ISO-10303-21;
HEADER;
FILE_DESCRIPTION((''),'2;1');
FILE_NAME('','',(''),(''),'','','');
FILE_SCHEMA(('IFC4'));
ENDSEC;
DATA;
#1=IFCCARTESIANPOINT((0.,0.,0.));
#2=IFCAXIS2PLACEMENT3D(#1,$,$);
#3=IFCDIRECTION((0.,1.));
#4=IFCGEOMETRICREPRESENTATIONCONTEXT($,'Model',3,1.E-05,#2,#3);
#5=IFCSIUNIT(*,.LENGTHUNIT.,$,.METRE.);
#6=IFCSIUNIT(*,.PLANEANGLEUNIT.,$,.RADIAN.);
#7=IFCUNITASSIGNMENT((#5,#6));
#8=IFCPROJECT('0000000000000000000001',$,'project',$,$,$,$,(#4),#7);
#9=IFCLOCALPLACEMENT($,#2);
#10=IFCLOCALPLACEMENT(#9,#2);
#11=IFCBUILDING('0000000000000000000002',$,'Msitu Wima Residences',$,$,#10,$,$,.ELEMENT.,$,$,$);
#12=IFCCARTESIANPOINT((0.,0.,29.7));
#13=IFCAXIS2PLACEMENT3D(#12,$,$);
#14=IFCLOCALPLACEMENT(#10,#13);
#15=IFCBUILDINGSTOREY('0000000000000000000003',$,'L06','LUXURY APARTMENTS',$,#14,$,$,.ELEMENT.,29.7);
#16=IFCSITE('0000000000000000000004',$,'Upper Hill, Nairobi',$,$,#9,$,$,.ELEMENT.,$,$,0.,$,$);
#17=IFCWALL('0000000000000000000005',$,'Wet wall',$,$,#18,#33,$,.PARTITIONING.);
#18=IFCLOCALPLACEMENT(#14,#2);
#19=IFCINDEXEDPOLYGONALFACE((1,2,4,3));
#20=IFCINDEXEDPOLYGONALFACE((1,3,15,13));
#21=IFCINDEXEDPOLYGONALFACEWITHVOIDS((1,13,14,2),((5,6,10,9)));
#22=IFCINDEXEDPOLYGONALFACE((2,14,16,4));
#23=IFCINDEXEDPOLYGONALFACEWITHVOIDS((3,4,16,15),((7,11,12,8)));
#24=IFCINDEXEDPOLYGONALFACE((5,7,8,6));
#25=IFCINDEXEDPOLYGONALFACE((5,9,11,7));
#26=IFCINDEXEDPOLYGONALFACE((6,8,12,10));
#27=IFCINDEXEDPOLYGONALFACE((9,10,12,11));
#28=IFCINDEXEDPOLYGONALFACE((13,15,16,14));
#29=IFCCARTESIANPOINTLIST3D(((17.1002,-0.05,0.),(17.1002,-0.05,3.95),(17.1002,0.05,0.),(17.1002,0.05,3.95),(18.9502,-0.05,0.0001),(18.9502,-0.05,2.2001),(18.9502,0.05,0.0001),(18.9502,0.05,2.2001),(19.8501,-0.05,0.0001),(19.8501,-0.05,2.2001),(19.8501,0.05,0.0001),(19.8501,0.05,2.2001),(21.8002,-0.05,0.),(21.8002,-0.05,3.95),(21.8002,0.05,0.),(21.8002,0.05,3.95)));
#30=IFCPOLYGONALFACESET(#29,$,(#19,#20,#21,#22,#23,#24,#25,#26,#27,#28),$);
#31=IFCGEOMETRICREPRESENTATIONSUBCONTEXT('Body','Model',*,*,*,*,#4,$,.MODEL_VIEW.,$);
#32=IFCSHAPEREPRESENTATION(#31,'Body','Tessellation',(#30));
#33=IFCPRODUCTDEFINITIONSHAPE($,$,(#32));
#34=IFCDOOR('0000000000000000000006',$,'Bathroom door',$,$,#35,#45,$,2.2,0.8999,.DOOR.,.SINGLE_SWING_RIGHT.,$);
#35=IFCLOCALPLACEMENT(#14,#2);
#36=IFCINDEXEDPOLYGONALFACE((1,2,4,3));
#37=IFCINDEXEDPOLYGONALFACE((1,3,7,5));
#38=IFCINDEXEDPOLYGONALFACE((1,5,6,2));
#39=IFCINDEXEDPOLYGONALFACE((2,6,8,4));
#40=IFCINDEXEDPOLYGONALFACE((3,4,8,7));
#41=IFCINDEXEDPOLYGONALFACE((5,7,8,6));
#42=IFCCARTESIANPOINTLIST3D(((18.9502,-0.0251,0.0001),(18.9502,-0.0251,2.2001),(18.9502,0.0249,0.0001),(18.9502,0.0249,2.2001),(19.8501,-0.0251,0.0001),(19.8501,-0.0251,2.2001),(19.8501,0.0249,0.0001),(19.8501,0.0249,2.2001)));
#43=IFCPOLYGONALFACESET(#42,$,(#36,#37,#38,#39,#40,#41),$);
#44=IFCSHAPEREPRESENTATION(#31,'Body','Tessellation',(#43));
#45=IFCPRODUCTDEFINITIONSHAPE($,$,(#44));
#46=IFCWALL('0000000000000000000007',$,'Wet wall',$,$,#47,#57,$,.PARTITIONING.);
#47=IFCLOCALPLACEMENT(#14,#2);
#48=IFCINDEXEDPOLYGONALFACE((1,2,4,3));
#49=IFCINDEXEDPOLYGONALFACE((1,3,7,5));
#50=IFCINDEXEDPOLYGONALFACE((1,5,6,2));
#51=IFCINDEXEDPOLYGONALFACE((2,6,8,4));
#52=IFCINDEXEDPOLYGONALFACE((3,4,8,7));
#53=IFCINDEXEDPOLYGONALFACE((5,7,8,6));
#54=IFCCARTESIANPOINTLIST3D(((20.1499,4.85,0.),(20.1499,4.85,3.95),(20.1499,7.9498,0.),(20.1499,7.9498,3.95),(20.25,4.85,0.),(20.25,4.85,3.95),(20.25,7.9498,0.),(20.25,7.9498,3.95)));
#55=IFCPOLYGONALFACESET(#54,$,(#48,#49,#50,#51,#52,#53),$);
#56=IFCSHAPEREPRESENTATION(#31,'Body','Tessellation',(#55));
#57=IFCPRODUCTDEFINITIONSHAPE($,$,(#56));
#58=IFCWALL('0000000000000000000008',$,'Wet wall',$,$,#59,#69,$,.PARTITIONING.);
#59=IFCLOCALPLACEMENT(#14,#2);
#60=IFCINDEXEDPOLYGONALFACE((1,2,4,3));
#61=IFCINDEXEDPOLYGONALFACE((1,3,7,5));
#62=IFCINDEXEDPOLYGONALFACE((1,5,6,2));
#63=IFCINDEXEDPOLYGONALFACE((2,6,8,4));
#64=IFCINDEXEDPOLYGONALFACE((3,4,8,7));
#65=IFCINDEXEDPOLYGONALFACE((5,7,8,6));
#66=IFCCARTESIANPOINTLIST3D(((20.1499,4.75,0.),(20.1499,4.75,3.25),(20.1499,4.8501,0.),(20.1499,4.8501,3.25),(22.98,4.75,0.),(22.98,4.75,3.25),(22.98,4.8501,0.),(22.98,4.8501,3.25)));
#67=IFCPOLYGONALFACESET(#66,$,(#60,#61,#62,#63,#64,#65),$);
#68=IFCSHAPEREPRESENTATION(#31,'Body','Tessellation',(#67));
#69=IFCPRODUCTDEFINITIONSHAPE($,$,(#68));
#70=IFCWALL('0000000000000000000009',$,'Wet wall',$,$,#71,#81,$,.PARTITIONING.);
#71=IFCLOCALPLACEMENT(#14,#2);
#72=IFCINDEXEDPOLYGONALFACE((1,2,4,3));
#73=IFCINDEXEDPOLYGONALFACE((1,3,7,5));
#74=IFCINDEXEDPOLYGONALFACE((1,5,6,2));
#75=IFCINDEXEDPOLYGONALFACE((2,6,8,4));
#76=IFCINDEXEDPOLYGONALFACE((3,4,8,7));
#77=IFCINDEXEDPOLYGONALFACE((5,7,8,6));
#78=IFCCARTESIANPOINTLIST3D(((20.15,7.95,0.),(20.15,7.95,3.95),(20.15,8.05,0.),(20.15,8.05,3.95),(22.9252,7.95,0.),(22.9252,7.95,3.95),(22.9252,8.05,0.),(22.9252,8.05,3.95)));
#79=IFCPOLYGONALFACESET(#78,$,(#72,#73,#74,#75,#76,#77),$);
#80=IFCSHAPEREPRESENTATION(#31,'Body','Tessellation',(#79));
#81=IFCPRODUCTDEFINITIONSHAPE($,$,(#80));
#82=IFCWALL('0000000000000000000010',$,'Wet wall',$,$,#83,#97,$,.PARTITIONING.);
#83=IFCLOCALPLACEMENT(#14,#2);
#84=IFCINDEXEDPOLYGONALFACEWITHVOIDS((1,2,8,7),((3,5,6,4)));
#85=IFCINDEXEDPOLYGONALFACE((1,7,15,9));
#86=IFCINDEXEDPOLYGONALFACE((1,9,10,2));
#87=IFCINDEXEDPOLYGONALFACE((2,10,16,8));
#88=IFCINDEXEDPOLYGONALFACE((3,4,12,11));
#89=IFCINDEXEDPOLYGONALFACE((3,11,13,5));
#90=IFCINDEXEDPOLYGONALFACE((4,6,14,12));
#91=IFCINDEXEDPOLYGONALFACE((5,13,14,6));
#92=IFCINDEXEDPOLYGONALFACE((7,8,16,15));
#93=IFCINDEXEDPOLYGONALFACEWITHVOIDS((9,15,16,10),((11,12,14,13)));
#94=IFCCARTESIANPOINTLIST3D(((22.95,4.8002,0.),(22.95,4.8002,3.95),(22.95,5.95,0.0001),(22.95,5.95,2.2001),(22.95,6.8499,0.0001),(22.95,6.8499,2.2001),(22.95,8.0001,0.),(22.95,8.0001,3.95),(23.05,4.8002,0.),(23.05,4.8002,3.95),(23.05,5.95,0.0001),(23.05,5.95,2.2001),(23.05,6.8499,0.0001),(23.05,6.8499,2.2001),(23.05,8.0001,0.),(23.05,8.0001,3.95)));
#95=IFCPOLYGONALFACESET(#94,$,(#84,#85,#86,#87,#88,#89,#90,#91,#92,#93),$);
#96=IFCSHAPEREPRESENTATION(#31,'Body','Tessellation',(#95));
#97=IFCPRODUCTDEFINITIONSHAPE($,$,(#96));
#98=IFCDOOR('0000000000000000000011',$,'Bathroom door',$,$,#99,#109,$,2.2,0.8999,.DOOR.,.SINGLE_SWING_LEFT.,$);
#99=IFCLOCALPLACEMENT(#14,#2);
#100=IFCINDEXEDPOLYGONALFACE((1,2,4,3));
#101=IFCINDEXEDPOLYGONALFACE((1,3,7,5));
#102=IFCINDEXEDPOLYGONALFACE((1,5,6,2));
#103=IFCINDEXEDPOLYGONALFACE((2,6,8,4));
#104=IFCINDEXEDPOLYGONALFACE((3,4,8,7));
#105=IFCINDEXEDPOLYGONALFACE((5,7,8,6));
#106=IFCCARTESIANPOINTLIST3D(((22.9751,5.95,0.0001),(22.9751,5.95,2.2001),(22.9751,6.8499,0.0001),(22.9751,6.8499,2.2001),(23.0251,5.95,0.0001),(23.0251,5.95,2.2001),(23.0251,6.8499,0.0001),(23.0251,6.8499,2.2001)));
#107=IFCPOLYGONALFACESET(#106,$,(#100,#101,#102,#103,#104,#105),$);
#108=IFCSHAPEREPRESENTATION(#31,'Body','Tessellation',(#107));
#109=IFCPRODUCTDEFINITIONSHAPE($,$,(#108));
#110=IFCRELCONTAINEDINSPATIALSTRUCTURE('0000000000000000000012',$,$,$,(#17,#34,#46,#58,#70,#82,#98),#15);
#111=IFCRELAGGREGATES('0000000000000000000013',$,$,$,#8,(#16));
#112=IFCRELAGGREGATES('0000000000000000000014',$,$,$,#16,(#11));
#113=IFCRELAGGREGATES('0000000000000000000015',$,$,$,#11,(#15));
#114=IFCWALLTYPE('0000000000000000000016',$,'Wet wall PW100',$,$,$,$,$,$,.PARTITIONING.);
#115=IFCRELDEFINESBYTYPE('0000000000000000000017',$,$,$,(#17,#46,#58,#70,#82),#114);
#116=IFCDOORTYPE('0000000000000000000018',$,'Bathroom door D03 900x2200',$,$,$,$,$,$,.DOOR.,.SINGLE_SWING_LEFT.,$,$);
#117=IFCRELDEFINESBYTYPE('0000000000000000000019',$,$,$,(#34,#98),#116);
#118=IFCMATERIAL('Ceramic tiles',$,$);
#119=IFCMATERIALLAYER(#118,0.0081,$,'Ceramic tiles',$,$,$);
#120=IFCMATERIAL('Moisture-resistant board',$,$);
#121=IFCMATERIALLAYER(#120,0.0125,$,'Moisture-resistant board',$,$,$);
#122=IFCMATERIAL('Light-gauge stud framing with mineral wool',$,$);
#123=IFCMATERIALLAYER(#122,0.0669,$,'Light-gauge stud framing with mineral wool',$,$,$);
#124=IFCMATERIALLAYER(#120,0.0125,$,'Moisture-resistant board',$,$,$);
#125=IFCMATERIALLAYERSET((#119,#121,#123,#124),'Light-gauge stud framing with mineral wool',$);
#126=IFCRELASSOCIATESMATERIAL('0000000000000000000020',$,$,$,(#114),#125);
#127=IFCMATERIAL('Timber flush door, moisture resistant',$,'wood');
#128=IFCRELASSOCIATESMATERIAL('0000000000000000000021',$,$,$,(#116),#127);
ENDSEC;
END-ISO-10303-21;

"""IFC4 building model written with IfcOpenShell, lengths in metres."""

from ifc_helpers import new_model, si_unit, direction, frame, frame_2d, origin, place, context, subcontext, project, spatial, rectangle, extrude, material, layer, layer_set, type_object, element, fill, save


model = new_model("IFC4")

# Units and contexts
model_context = context("Model", 3, precision=1e-05, world=origin(), true_north=direction((0.0, 1.0)))
body_context = subcontext(model_context, "Body", "Model", "MODEL_VIEW")
ifc_project = project(units=[si_unit("LENGTHUNIT", "METRE"), si_unit("PLANEANGLEUNIT", "RADIAN")], contexts=[model_context])

# Site, building, storey
site_placement = place(None, origin())
site = spatial("IfcSite", under=ifc_project, at=site_placement, Name="Upper Hill, Nairobi", CompositionType="ELEMENT", RefElevation=0.0)
building_placement = place(site_placement, origin())
building = spatial("IfcBuilding", under=site, at=building_placement, Name="Msitu Wima Residences", CompositionType="ELEMENT")
storey_placement = place(building_placement, frame((0.0, 0.0, 29.7)))
storey = spatial("IfcBuildingStorey", under=building, at=storey_placement, Name="L06", Description="LUXURY APARTMENTS", CompositionType="ELEMENT", Elevation=29.7)

# Wall, opening, door
ifc_material_1 = material(Name="Ceramic tiles")
ifc_layer_1 = layer(ifc_material_1, 0.0081, Name="Ceramic tiles")
ifc_material_2 = material(Name="Moisture-resistant board")
ifc_layer_2 = layer(ifc_material_2, 0.0125, Name="Moisture-resistant board")
ifc_material_3 = material(Name="Light-gauge stud framing with mineral wool")
ifc_layer_3 = layer(ifc_material_3, 0.0669, Name="Light-gauge stud framing with mineral wool")
ifc_layer_4 = layer(ifc_material_2, 0.0125, Name="Moisture-resistant board")
ifc_layer_set_1 = layer_set([ifc_layer_1, ifc_layer_2, ifc_layer_3, ifc_layer_4], Name="Light-gauge stud framing with mineral wool")
wall_type_1 = type_object("IfcWallType", Name="Wet wall PW100", PredefinedType="PARTITIONING", material=ifc_layer_set_1)
wall_1_placement = place(storey_placement, frame((17.1001, 0.0, 0.0), z_axis=(0.0, 0.0, 1.0), x_axis=(1.0, 0.0, 0.0)))
wall_1 = element("IfcWall", 1, at=wall_1_placement, inside=storey, type_object=wall_type_1, Name="Wet wall", PredefinedType="PARTITIONING", context=body_context, shape_type="SweptSolid", body=[
    extrude(rectangle(XDim=4.7, YDim=0.1001, at=frame_2d((2.3501, 0.0))), origin(), (0.0, 0.0, 1.0), 3.95),
])
opening_1_placement = place(wall_1_placement, frame((1.8501, 0.0, 0.0)))
opening_1 = element("IfcOpeningElement", 2, at=opening_1_placement, cuts=wall_1, PredefinedType="OPENING", context=body_context, shape_type="SweptSolid", body=[
    extrude(rectangle(XDim=0.8999, YDim=2.2, at=frame_2d((0.45, 1.1001))), frame((0.0, 0.0601, 0.0), z_axis=(0.0, -1.0, 0.0), x_axis=(1.0, 0.0, 0.0)), (0.0, 0.0, 1.0), 0.1201),
])
ifc_material_4 = material(Name="Timber flush door, moisture resistant", Category="wood")
door_type_1 = type_object("IfcDoorType", Name="Bathroom door D03 900x2200", OperationType="SINGLE_SWING_LEFT", PredefinedType="DOOR", material=ifc_material_4)
door_1_placement = place(opening_1_placement, origin())
door_1 = element("IfcDoor", 3, at=door_1_placement, inside=storey, type_object=door_type_1, Name="Bathroom door", OperationType="SINGLE_SWING_RIGHT", OverallHeight=2.2, OverallWidth=0.8999, PredefinedType="DOOR", context=body_context, shape_type="SweptSolid", body=[
    extrude(rectangle(XDim=0.8999, YDim=2.2, at=frame_2d((0.45, 1.1001))), frame((0.0, 0.0249, 0.0), z_axis=(0.0, -1.0, 0.0), x_axis=(1.0, 0.0, 0.0)), (0.0, 0.0, 1.0), 0.05),
])
fill(opening_1, door_1)

# Walls
wall_2_placement = place(storey_placement, frame((20.2, 4.8501, 0.0), z_axis=(0.0, 0.0, 1.0), x_axis=(0.0, 1.0, 0.0)))
element("IfcWall", 4, at=wall_2_placement, inside=storey, type_object=wall_type_1, Name="Wet wall", PredefinedType="PARTITIONING", context=body_context, shape_type="SweptSolid", body=[
    extrude(rectangle(XDim=3.0999, YDim=0.1001, at=frame_2d((1.5498, 0.0))), origin(), (0.0, 0.0, 1.0), 3.95),
])
wall_3_placement = place(storey_placement, frame((20.1499, 4.8, 0.0), z_axis=(0.0, 0.0, 1.0), x_axis=(1.0, 0.0, 0.0)))
element("IfcWall", 5, at=wall_3_placement, inside=storey, type_object=wall_type_1, Name="Wet wall", PredefinedType="PARTITIONING", context=body_context, shape_type="SweptSolid", body=[
    extrude(rectangle(XDim=2.8301, YDim=0.1001, at=frame_2d((1.415, 0.0))), origin(), (0.0, 0.0, 1.0), 3.25),
])
wall_4_placement = place(storey_placement, frame((20.1499, 8.0, 0.0), z_axis=(0.0, 0.0, 1.0), x_axis=(1.0, 0.0, 0.0)))
element("IfcWall", 6, at=wall_4_placement, inside=storey, type_object=wall_type_1, Name="Wet wall", PredefinedType="PARTITIONING", context=body_context, shape_type="SweptSolid", body=[
    extrude(rectangle(XDim=2.7751, YDim=0.1001, at=frame_2d((1.3877, 0.0))), origin(), (0.0, 0.0, 1.0), 3.95),
])

# Wall, opening, door
wall_5_placement = place(storey_placement, frame((23.0, 4.8, 0.0), z_axis=(0.0, 0.0, 1.0), x_axis=(0.0, 1.0, 0.0)))
wall_5 = element("IfcWall", 7, at=wall_5_placement, inside=storey, type_object=wall_type_1, Name="Wet wall", PredefinedType="PARTITIONING", context=body_context, shape_type="SweptSolid", body=[
    extrude(rectangle(XDim=3.2, YDim=0.1001, at=frame_2d((1.6001, 0.0))), origin(), (0.0, 0.0, 1.0), 3.95),
])
opening_2_placement = place(wall_5_placement, frame((1.1499, 0.0, 0.0)))
opening_2 = element("IfcOpeningElement", 8, at=opening_2_placement, cuts=wall_5, PredefinedType="OPENING", context=body_context, shape_type="SweptSolid", body=[
    extrude(rectangle(XDim=0.8999, YDim=2.2, at=frame_2d((0.45, 1.1001))), frame((0.0, 0.0601, 0.0), z_axis=(0.0, -1.0, 0.0), x_axis=(1.0, 0.0, 0.0)), (0.0, 0.0, 1.0), 0.1201),
])
door_2_placement = place(opening_2_placement, origin())
door_2 = element("IfcDoor", 9, at=door_2_placement, inside=storey, type_object=door_type_1, Name="Bathroom door", OperationType="SINGLE_SWING_LEFT", OverallHeight=2.2, OverallWidth=0.8999, PredefinedType="DOOR", context=body_context, shape_type="SweptSolid", body=[
    extrude(rectangle(XDim=0.8999, YDim=2.2, at=frame_2d((0.45, 1.1001))), frame((0.0, 0.0249, 0.0), z_axis=(0.0, -1.0, 0.0), x_axis=(1.0, 0.0, 0.0)), (0.0, 0.0, 1.0), 0.05),
])
fill(opening_2, door_2)

save(model, "model.ifc")
